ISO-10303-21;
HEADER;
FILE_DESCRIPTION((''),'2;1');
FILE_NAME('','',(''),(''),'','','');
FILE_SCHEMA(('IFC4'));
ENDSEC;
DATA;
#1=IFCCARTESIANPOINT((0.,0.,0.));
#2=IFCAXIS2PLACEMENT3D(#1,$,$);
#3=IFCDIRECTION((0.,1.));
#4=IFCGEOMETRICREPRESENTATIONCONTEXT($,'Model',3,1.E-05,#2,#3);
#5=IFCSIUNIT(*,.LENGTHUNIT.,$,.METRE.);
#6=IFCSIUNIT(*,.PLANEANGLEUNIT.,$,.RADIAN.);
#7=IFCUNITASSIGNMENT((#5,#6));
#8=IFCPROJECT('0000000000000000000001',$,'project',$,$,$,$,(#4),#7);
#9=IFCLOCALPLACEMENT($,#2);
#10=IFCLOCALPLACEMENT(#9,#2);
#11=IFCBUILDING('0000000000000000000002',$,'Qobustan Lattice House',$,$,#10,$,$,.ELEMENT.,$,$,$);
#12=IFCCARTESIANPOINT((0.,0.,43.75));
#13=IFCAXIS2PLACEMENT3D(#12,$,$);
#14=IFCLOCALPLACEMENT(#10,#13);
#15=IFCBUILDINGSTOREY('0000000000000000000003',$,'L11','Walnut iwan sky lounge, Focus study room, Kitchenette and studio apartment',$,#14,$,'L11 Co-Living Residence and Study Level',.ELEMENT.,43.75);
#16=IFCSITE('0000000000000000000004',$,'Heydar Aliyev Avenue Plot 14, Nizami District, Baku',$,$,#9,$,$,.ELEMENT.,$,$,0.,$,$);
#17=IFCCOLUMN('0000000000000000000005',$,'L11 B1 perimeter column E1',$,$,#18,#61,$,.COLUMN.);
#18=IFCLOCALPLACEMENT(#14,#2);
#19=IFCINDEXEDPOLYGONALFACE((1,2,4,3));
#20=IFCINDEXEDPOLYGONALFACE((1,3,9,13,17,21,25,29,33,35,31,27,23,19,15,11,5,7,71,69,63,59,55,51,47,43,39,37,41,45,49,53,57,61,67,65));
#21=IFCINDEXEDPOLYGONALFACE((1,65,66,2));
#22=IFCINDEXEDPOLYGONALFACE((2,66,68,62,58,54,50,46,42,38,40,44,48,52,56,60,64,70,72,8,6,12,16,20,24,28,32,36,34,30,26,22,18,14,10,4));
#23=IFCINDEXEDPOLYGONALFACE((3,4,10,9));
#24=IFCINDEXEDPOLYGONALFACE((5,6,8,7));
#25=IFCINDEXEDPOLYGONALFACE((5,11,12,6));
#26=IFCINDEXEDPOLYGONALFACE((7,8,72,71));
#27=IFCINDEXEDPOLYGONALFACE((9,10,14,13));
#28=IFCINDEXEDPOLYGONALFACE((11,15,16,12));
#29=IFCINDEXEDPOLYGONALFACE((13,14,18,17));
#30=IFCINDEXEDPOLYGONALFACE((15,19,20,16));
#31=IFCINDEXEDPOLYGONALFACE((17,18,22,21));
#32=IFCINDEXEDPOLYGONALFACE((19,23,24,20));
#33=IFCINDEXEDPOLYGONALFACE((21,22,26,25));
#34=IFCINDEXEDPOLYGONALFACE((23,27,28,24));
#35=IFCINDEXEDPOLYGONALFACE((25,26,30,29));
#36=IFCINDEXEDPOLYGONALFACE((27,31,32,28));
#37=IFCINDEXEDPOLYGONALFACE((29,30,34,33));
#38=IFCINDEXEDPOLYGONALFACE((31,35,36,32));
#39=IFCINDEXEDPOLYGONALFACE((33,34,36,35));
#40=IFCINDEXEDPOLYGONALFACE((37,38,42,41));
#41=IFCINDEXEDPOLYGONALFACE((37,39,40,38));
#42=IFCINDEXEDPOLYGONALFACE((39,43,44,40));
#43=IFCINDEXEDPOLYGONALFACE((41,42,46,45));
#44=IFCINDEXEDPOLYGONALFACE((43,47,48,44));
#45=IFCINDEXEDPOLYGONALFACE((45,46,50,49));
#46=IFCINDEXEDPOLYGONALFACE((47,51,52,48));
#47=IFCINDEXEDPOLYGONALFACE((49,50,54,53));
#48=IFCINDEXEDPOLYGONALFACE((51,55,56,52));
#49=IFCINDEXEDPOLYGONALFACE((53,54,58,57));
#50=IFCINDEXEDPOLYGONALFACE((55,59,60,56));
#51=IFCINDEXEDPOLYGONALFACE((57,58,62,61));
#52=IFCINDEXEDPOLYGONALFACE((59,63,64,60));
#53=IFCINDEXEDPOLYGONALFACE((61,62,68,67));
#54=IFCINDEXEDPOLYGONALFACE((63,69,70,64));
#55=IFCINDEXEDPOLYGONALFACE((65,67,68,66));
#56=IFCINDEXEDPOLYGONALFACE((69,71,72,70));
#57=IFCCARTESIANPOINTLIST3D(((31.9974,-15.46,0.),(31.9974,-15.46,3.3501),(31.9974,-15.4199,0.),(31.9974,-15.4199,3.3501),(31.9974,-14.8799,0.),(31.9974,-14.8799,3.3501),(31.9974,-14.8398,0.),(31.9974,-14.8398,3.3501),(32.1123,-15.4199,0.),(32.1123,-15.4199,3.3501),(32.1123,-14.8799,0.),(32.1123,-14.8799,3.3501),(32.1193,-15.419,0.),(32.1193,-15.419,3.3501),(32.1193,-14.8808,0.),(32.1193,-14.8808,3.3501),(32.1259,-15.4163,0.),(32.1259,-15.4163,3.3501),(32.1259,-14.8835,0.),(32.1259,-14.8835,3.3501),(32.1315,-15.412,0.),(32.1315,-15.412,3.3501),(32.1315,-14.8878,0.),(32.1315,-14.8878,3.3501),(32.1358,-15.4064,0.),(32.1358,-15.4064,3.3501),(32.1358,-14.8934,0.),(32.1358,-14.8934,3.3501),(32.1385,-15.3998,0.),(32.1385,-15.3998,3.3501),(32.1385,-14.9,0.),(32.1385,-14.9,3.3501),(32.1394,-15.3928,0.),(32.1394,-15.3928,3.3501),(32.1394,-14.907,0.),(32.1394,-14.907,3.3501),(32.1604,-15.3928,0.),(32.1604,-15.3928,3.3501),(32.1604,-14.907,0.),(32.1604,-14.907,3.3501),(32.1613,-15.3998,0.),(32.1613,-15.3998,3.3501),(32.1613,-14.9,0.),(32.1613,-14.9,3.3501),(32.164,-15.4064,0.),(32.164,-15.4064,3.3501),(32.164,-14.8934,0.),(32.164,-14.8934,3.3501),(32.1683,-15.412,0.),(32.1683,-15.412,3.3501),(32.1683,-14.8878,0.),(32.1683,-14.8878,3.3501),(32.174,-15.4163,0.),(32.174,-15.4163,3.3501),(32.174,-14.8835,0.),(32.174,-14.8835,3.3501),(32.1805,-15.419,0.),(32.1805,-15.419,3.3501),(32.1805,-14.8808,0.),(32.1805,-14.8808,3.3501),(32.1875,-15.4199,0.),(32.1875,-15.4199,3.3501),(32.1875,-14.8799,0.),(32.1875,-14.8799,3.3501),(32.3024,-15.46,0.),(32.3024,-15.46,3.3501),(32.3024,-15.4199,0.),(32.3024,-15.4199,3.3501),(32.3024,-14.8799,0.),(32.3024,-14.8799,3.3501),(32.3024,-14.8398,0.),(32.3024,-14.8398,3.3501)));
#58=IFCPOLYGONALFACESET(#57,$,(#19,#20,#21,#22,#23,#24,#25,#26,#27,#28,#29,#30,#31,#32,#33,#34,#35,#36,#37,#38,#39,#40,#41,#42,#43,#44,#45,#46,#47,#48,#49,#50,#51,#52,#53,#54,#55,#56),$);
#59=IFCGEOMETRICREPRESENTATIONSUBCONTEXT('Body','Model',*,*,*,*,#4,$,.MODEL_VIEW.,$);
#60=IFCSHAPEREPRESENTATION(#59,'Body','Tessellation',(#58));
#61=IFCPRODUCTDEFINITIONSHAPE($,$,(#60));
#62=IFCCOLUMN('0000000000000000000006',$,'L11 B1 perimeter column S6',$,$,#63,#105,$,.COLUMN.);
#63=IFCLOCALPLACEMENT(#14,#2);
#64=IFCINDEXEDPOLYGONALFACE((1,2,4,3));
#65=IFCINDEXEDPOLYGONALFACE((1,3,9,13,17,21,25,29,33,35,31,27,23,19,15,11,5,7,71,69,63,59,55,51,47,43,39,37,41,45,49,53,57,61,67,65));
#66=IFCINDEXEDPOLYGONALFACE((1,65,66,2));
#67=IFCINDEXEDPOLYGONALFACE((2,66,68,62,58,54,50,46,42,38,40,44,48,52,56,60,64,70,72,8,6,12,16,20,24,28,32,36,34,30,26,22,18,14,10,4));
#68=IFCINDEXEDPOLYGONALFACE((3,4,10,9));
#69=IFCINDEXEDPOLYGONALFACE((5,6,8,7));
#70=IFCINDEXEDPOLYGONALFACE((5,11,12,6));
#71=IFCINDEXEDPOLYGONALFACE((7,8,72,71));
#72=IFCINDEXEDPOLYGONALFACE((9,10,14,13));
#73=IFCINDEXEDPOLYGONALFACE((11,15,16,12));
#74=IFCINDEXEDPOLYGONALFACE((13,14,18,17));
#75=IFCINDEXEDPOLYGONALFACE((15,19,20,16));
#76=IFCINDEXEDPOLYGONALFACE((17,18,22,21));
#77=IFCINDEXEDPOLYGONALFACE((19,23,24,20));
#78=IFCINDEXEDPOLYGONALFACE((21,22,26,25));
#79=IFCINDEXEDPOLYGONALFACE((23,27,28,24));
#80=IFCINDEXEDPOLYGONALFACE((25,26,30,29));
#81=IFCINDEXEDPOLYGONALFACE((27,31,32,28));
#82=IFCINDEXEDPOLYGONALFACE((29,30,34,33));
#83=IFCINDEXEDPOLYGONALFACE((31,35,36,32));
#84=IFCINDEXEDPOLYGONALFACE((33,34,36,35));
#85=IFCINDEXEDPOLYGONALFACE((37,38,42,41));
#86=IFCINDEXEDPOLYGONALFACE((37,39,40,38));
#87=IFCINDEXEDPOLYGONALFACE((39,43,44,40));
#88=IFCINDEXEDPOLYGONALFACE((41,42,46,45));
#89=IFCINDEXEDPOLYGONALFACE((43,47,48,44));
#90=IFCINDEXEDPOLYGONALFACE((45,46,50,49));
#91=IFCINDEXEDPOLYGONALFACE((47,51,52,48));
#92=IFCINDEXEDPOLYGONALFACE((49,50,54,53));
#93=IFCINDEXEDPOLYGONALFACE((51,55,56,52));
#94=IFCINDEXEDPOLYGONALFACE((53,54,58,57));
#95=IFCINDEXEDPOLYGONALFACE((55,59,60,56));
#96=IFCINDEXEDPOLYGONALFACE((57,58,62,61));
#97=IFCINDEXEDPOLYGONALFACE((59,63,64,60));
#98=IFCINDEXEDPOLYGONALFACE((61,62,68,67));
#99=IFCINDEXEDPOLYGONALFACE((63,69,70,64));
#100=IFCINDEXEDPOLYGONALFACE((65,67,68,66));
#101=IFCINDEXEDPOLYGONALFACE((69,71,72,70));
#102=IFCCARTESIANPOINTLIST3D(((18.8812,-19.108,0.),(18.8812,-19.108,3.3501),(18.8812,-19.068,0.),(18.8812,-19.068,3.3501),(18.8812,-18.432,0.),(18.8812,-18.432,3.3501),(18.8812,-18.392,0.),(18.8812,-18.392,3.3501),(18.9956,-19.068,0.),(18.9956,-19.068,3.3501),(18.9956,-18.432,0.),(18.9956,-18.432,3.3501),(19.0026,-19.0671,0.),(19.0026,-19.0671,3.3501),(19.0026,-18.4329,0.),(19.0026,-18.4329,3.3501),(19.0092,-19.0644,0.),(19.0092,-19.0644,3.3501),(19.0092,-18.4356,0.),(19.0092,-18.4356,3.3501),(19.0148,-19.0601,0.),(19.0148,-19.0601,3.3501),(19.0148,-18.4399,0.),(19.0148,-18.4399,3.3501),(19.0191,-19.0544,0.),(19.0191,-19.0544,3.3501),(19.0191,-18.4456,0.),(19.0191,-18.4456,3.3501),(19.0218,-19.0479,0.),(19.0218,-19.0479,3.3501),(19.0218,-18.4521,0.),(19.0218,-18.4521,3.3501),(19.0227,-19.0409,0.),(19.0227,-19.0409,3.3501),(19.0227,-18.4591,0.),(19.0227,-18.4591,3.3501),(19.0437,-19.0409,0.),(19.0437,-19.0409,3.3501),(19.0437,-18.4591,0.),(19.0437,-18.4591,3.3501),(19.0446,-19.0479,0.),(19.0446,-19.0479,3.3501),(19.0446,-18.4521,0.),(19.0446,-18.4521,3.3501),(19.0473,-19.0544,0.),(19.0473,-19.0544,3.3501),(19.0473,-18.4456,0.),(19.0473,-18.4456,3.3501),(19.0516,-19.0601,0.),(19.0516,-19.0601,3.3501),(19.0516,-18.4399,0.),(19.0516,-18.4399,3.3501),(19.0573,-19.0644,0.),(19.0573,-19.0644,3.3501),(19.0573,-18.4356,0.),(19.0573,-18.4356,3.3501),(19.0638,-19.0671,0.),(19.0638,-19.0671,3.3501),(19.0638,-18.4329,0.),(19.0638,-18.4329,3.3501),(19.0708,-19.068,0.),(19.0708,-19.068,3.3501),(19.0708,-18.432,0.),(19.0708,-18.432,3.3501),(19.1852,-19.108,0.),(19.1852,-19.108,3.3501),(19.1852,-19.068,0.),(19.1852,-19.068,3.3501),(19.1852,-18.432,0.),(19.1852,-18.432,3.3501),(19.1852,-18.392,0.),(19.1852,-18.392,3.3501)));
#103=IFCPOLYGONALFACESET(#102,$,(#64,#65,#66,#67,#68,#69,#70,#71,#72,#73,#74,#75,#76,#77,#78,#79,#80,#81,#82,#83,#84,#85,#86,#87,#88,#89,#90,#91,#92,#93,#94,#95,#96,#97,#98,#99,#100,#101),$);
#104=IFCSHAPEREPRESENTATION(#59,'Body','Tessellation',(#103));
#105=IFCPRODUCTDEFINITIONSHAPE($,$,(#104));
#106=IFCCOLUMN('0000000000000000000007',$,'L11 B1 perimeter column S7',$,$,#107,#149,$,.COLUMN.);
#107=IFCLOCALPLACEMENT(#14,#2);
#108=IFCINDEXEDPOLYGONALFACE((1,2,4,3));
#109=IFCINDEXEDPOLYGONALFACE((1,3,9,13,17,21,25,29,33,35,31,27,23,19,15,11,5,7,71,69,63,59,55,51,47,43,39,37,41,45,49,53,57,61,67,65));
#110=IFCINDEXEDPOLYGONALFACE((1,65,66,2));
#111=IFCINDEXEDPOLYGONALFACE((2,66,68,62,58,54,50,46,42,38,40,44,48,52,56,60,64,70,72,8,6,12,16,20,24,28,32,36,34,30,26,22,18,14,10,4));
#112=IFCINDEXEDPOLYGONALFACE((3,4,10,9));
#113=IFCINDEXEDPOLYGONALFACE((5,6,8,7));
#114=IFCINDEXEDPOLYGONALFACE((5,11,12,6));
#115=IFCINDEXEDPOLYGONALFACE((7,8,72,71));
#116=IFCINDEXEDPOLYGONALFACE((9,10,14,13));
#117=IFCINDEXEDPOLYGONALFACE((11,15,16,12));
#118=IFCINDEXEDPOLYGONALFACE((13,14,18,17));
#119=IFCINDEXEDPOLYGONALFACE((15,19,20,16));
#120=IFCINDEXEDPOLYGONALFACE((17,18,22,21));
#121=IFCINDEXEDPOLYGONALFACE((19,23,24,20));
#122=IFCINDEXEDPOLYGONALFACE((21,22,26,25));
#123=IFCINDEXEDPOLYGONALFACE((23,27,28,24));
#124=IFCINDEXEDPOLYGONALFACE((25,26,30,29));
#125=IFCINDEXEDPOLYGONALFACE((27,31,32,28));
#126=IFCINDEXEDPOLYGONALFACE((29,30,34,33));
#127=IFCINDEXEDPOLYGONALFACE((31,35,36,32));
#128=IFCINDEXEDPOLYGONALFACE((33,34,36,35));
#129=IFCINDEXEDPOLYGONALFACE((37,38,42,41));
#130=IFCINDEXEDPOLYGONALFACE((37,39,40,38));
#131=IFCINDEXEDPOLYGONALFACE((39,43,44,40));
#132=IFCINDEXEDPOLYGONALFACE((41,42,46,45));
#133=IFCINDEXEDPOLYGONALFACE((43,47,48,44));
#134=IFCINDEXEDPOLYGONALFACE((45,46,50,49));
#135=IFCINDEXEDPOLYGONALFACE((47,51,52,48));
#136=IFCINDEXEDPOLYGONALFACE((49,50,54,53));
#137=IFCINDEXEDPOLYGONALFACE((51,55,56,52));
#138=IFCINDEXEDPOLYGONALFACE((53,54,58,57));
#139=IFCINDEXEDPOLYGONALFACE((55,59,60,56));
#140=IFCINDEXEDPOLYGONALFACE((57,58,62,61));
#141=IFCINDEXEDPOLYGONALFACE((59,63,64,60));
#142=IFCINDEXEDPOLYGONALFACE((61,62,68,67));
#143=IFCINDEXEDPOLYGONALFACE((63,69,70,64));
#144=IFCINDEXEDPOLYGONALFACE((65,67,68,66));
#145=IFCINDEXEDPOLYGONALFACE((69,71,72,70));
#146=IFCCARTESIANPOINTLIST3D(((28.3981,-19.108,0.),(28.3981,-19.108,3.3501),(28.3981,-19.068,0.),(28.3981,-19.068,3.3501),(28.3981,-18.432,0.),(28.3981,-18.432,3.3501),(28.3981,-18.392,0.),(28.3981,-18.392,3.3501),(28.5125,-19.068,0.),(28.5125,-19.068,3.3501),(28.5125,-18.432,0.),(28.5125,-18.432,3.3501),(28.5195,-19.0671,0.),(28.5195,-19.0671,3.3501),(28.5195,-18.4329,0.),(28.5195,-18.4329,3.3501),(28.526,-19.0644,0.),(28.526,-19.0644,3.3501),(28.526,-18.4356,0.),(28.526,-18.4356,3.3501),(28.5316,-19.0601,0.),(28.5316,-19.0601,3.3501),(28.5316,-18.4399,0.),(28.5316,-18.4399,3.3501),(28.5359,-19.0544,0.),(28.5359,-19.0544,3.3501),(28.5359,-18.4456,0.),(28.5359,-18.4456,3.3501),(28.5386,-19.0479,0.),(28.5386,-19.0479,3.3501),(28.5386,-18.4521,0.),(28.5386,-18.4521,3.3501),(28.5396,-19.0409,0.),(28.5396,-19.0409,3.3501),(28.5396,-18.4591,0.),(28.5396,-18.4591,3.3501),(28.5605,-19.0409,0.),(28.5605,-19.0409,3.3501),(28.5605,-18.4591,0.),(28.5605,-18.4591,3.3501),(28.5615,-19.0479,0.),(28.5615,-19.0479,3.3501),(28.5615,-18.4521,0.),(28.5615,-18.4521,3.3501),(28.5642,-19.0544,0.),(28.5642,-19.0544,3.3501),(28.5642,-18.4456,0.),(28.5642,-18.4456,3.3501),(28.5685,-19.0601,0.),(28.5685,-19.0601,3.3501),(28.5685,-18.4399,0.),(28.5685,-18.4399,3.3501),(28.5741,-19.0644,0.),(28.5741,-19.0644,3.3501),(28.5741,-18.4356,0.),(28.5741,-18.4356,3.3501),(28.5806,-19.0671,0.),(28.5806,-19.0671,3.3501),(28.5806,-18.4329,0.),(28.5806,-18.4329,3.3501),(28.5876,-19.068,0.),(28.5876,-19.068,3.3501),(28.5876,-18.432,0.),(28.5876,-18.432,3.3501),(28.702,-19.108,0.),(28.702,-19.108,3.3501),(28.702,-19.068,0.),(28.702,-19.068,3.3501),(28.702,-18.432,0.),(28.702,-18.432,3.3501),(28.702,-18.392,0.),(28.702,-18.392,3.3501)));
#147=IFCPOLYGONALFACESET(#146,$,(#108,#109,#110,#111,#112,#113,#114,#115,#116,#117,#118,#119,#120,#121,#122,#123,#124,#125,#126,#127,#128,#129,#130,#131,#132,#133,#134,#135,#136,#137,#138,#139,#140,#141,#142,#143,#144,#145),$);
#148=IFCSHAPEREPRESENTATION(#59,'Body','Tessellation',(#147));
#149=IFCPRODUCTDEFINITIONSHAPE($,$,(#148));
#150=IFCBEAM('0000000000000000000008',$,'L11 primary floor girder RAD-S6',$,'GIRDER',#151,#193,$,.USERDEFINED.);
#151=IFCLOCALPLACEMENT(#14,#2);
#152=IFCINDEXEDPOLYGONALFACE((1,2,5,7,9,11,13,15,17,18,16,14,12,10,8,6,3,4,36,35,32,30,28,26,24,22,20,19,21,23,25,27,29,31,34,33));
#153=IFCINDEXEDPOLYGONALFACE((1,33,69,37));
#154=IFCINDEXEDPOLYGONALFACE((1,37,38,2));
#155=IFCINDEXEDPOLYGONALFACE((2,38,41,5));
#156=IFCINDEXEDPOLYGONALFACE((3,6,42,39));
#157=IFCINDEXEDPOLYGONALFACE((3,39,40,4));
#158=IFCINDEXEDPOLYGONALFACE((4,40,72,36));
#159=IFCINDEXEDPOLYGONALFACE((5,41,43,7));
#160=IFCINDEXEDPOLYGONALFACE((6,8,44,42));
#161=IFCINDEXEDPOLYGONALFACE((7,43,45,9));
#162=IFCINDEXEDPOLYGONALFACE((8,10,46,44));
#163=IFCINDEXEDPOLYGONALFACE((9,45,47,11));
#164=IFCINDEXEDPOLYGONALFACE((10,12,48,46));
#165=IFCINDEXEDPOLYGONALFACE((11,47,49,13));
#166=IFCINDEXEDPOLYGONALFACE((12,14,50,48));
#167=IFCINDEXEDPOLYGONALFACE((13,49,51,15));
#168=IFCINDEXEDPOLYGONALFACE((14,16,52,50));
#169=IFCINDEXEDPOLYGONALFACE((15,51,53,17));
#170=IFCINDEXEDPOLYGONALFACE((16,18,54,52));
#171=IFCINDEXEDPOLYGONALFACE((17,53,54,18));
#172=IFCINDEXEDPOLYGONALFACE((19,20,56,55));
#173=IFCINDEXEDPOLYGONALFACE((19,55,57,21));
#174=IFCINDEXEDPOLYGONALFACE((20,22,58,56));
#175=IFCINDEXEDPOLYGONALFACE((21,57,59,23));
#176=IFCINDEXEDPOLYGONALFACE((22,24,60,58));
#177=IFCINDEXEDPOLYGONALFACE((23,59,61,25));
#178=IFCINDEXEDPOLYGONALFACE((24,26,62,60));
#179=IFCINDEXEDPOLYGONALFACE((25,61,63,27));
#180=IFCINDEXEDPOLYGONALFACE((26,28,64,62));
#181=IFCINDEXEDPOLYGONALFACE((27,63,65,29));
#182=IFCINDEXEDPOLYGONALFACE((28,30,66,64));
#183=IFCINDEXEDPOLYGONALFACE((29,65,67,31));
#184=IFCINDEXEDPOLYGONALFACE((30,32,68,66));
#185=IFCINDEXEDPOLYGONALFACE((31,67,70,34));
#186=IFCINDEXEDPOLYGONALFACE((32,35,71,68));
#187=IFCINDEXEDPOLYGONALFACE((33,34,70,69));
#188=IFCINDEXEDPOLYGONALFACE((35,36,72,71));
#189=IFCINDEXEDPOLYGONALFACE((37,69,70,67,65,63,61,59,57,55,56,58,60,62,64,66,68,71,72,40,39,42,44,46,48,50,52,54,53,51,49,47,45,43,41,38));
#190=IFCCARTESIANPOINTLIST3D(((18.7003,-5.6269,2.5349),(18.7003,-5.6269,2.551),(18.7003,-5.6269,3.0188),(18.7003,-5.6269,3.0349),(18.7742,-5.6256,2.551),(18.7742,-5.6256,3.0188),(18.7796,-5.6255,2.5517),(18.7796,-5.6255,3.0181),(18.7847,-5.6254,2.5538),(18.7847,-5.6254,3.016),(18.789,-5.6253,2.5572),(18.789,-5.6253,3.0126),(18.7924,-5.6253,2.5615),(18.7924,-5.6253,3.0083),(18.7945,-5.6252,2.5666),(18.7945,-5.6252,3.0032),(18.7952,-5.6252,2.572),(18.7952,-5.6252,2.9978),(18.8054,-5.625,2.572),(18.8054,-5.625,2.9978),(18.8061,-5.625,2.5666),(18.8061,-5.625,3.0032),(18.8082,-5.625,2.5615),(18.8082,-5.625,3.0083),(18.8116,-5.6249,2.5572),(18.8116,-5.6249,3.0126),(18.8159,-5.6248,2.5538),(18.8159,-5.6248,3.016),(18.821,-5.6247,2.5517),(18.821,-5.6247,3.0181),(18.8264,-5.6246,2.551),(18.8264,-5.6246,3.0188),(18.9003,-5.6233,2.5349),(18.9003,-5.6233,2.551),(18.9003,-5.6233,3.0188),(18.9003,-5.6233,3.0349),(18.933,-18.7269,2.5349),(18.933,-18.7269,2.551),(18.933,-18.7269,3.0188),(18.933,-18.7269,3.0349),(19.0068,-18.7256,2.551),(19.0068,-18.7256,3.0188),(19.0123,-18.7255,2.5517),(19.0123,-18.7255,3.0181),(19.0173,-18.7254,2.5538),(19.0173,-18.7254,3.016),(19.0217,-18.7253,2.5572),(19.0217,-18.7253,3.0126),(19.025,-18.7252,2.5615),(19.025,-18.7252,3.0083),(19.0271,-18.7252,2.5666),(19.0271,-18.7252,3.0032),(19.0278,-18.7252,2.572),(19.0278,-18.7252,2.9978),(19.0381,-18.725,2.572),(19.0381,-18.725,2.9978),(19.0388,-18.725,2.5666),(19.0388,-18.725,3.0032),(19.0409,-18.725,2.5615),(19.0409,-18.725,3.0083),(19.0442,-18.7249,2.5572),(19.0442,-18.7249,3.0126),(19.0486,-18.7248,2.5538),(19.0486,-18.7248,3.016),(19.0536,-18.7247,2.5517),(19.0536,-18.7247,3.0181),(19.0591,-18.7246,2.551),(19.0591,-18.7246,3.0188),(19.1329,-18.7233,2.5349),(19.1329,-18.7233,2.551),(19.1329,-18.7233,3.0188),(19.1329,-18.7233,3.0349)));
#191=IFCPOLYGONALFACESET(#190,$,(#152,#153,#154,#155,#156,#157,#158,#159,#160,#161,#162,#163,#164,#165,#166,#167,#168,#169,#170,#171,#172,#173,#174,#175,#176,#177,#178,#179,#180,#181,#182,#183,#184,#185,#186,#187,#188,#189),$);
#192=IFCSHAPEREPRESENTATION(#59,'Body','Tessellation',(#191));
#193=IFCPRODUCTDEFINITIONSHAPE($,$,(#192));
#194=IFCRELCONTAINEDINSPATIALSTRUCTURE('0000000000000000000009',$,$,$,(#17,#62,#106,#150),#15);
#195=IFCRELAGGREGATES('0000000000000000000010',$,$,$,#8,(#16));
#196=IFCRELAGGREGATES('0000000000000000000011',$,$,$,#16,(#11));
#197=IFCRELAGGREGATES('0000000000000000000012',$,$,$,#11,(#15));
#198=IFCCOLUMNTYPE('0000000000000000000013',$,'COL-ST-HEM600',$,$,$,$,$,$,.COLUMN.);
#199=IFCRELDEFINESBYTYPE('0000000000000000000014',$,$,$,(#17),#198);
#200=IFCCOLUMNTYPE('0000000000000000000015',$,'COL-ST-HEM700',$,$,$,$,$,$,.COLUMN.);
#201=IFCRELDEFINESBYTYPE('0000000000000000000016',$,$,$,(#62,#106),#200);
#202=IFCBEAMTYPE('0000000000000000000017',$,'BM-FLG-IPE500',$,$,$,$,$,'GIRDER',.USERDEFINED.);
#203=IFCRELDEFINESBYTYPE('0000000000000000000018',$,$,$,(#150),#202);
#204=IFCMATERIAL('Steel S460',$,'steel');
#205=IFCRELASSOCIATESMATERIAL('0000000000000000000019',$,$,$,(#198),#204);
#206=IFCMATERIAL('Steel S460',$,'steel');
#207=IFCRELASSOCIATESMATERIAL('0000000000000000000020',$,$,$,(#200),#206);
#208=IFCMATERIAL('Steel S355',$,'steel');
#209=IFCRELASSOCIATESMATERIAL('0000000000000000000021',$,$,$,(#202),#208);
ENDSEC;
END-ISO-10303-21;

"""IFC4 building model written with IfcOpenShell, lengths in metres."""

from ifc_helpers import new_model, si_unit, direction, frame, origin, origin_2d, place, context, subcontext, project, spatial, i_section, extrude, material, material_profile, profile_set, type_object, element, save


model = new_model("IFC4")

# Units and contexts
model_context = context("Model", 3, precision=1e-05, world=origin(), true_north=direction((0.0, 1.0)))
body_context = subcontext(model_context, "Body", "Model", "MODEL_VIEW")
ifc_project = project(units=[si_unit("LENGTHUNIT", "METRE"), si_unit("PLANEANGLEUNIT", "RADIAN")], contexts=[model_context])

# Site, building, storey
site_placement = place(None, origin())
site = spatial("IfcSite", under=ifc_project, at=site_placement, Name="Heydar Aliyev Avenue Plot 14, Nizami District, Baku", CompositionType="ELEMENT", RefElevation=0.0)
building_placement = place(site_placement, origin())
building = spatial("IfcBuilding", under=site, at=building_placement, Name="Qobustan Lattice House", CompositionType="ELEMENT")
storey_placement = place(building_placement, frame((0.0, 0.0, 43.75)))
storey = spatial("IfcBuildingStorey", under=building, at=storey_placement, Name="L11", Description="Walnut iwan sky lounge, Focus study room, Kitchenette and studio apartment", LongName="L11 Co-Living Residence and Study Level", CompositionType="ELEMENT", Elevation=43.75)

# Columns
ifc_material_1 = material(Name="Steel S460", Category="steel")
ifc_material_profile_1 = material_profile(ifc_material_1, i_section(OverallWidth=0.3049, OverallDepth=0.6201, WebThickness=0.021, FlangeThickness=0.04, FilletRadius=0.0271, at=origin_2d()), Name="HEM600")
ifc_profile_set_1 = profile_set([ifc_material_profile_1], Name="Steel S460")
column_type_1 = type_object("IfcColumnType", Name="COL-ST-HEM600", PredefinedType="COLUMN", material=ifc_profile_set_1)
column_placement = place(storey_placement, frame((32.1499, -15.1499, 0.0), z_axis=(0.0, 0.0, 1.0), x_axis=(1.0, 0.0, 0.0)))
element("IfcColumn", 1, at=column_placement, inside=storey, type_object=column_type_1, Name="L11 B1 perimeter column E1", PredefinedType="COLUMN", context=body_context, shape_type="SweptSolid", body=[
    extrude(i_section(OverallWidth=0.3049, OverallDepth=0.6201, WebThickness=0.021, FlangeThickness=0.04, FilletRadius=0.0271, at=origin_2d()), origin(), (0.0, 0.0, 1.0), 3.3501),
])
ifc_material_2 = material(Name="Steel S460", Category="steel")
ifc_material_profile_2 = material_profile(ifc_material_2, i_section(OverallWidth=0.304, OverallDepth=0.7161, WebThickness=0.021, FlangeThickness=0.04, FilletRadius=0.0271, at=origin_2d()), Name="HEM700")
ifc_profile_set_2 = profile_set([ifc_material_profile_2], Name="Steel S460")
column_type_2 = type_object("IfcColumnType", Name="COL-ST-HEM700", PredefinedType="COLUMN", material=ifc_profile_set_2)
for number, where, z_axis, x_axis, name in (
    (2, (19.0332, -18.75, 0.0), (0.0, 0.0, 1.0), (1.0, 0.0, 0.0), "L11 B1 perimeter column S6"),
    (3, (28.55, -18.75, 0.0), (0.0, 0.0, 1.0), (1.0, 0.0, 0.0), "L11 B1 perimeter column S7"),
):
    element("IfcColumn", number, at=place(storey_placement, frame(where, z_axis=z_axis, x_axis=x_axis)), inside=storey, type_object=column_type_2, Name=name, PredefinedType="COLUMN", context=body_context, shape_type="SweptSolid", body=[
        extrude(i_section(OverallWidth=0.304, OverallDepth=0.7161, WebThickness=0.021, FlangeThickness=0.04, FilletRadius=0.0271, at=origin_2d()), origin(), (0.0, 0.0, 1.0), 3.3501),
    ])

# Beam
ifc_material_3 = material(Name="Steel S355", Category="steel")
ifc_material_profile_3 = material_profile(ifc_material_3, i_section(OverallWidth=0.2, OverallDepth=0.5, WebThickness=0.0103, FlangeThickness=0.0161, FilletRadius=0.021, at=origin_2d()), Name="IPE500")
ifc_profile_set_3 = profile_set([ifc_material_profile_3], Name="Steel S355")
beam_type_1 = type_object("IfcBeamType", Name="BM-FLG-IPE500", ElementType="GIRDER", PredefinedType="USERDEFINED", material=ifc_profile_set_3)
beam_1_placement = place(storey_placement, frame((19.033, -18.7251, 2.7849), z_axis=(-0.017758, 0.999842, 0.0), x_axis=(-0.999842, -0.017758, 0.0)))
element("IfcBeam", 4, at=beam_1_placement, inside=storey, type_object=beam_type_1, Name="L11 primary floor girder RAD-S6", ObjectType="GIRDER", PredefinedType="USERDEFINED", context=body_context, shape_type="SweptSolid", body=[
    extrude(i_section(OverallWidth=0.2, OverallDepth=0.5, WebThickness=0.0103, FlangeThickness=0.0161, FilletRadius=0.021, at=origin_2d()), origin(), (0.0, 0.0, 1.0), 13.1021),
])

save(model, "model.ifc")
